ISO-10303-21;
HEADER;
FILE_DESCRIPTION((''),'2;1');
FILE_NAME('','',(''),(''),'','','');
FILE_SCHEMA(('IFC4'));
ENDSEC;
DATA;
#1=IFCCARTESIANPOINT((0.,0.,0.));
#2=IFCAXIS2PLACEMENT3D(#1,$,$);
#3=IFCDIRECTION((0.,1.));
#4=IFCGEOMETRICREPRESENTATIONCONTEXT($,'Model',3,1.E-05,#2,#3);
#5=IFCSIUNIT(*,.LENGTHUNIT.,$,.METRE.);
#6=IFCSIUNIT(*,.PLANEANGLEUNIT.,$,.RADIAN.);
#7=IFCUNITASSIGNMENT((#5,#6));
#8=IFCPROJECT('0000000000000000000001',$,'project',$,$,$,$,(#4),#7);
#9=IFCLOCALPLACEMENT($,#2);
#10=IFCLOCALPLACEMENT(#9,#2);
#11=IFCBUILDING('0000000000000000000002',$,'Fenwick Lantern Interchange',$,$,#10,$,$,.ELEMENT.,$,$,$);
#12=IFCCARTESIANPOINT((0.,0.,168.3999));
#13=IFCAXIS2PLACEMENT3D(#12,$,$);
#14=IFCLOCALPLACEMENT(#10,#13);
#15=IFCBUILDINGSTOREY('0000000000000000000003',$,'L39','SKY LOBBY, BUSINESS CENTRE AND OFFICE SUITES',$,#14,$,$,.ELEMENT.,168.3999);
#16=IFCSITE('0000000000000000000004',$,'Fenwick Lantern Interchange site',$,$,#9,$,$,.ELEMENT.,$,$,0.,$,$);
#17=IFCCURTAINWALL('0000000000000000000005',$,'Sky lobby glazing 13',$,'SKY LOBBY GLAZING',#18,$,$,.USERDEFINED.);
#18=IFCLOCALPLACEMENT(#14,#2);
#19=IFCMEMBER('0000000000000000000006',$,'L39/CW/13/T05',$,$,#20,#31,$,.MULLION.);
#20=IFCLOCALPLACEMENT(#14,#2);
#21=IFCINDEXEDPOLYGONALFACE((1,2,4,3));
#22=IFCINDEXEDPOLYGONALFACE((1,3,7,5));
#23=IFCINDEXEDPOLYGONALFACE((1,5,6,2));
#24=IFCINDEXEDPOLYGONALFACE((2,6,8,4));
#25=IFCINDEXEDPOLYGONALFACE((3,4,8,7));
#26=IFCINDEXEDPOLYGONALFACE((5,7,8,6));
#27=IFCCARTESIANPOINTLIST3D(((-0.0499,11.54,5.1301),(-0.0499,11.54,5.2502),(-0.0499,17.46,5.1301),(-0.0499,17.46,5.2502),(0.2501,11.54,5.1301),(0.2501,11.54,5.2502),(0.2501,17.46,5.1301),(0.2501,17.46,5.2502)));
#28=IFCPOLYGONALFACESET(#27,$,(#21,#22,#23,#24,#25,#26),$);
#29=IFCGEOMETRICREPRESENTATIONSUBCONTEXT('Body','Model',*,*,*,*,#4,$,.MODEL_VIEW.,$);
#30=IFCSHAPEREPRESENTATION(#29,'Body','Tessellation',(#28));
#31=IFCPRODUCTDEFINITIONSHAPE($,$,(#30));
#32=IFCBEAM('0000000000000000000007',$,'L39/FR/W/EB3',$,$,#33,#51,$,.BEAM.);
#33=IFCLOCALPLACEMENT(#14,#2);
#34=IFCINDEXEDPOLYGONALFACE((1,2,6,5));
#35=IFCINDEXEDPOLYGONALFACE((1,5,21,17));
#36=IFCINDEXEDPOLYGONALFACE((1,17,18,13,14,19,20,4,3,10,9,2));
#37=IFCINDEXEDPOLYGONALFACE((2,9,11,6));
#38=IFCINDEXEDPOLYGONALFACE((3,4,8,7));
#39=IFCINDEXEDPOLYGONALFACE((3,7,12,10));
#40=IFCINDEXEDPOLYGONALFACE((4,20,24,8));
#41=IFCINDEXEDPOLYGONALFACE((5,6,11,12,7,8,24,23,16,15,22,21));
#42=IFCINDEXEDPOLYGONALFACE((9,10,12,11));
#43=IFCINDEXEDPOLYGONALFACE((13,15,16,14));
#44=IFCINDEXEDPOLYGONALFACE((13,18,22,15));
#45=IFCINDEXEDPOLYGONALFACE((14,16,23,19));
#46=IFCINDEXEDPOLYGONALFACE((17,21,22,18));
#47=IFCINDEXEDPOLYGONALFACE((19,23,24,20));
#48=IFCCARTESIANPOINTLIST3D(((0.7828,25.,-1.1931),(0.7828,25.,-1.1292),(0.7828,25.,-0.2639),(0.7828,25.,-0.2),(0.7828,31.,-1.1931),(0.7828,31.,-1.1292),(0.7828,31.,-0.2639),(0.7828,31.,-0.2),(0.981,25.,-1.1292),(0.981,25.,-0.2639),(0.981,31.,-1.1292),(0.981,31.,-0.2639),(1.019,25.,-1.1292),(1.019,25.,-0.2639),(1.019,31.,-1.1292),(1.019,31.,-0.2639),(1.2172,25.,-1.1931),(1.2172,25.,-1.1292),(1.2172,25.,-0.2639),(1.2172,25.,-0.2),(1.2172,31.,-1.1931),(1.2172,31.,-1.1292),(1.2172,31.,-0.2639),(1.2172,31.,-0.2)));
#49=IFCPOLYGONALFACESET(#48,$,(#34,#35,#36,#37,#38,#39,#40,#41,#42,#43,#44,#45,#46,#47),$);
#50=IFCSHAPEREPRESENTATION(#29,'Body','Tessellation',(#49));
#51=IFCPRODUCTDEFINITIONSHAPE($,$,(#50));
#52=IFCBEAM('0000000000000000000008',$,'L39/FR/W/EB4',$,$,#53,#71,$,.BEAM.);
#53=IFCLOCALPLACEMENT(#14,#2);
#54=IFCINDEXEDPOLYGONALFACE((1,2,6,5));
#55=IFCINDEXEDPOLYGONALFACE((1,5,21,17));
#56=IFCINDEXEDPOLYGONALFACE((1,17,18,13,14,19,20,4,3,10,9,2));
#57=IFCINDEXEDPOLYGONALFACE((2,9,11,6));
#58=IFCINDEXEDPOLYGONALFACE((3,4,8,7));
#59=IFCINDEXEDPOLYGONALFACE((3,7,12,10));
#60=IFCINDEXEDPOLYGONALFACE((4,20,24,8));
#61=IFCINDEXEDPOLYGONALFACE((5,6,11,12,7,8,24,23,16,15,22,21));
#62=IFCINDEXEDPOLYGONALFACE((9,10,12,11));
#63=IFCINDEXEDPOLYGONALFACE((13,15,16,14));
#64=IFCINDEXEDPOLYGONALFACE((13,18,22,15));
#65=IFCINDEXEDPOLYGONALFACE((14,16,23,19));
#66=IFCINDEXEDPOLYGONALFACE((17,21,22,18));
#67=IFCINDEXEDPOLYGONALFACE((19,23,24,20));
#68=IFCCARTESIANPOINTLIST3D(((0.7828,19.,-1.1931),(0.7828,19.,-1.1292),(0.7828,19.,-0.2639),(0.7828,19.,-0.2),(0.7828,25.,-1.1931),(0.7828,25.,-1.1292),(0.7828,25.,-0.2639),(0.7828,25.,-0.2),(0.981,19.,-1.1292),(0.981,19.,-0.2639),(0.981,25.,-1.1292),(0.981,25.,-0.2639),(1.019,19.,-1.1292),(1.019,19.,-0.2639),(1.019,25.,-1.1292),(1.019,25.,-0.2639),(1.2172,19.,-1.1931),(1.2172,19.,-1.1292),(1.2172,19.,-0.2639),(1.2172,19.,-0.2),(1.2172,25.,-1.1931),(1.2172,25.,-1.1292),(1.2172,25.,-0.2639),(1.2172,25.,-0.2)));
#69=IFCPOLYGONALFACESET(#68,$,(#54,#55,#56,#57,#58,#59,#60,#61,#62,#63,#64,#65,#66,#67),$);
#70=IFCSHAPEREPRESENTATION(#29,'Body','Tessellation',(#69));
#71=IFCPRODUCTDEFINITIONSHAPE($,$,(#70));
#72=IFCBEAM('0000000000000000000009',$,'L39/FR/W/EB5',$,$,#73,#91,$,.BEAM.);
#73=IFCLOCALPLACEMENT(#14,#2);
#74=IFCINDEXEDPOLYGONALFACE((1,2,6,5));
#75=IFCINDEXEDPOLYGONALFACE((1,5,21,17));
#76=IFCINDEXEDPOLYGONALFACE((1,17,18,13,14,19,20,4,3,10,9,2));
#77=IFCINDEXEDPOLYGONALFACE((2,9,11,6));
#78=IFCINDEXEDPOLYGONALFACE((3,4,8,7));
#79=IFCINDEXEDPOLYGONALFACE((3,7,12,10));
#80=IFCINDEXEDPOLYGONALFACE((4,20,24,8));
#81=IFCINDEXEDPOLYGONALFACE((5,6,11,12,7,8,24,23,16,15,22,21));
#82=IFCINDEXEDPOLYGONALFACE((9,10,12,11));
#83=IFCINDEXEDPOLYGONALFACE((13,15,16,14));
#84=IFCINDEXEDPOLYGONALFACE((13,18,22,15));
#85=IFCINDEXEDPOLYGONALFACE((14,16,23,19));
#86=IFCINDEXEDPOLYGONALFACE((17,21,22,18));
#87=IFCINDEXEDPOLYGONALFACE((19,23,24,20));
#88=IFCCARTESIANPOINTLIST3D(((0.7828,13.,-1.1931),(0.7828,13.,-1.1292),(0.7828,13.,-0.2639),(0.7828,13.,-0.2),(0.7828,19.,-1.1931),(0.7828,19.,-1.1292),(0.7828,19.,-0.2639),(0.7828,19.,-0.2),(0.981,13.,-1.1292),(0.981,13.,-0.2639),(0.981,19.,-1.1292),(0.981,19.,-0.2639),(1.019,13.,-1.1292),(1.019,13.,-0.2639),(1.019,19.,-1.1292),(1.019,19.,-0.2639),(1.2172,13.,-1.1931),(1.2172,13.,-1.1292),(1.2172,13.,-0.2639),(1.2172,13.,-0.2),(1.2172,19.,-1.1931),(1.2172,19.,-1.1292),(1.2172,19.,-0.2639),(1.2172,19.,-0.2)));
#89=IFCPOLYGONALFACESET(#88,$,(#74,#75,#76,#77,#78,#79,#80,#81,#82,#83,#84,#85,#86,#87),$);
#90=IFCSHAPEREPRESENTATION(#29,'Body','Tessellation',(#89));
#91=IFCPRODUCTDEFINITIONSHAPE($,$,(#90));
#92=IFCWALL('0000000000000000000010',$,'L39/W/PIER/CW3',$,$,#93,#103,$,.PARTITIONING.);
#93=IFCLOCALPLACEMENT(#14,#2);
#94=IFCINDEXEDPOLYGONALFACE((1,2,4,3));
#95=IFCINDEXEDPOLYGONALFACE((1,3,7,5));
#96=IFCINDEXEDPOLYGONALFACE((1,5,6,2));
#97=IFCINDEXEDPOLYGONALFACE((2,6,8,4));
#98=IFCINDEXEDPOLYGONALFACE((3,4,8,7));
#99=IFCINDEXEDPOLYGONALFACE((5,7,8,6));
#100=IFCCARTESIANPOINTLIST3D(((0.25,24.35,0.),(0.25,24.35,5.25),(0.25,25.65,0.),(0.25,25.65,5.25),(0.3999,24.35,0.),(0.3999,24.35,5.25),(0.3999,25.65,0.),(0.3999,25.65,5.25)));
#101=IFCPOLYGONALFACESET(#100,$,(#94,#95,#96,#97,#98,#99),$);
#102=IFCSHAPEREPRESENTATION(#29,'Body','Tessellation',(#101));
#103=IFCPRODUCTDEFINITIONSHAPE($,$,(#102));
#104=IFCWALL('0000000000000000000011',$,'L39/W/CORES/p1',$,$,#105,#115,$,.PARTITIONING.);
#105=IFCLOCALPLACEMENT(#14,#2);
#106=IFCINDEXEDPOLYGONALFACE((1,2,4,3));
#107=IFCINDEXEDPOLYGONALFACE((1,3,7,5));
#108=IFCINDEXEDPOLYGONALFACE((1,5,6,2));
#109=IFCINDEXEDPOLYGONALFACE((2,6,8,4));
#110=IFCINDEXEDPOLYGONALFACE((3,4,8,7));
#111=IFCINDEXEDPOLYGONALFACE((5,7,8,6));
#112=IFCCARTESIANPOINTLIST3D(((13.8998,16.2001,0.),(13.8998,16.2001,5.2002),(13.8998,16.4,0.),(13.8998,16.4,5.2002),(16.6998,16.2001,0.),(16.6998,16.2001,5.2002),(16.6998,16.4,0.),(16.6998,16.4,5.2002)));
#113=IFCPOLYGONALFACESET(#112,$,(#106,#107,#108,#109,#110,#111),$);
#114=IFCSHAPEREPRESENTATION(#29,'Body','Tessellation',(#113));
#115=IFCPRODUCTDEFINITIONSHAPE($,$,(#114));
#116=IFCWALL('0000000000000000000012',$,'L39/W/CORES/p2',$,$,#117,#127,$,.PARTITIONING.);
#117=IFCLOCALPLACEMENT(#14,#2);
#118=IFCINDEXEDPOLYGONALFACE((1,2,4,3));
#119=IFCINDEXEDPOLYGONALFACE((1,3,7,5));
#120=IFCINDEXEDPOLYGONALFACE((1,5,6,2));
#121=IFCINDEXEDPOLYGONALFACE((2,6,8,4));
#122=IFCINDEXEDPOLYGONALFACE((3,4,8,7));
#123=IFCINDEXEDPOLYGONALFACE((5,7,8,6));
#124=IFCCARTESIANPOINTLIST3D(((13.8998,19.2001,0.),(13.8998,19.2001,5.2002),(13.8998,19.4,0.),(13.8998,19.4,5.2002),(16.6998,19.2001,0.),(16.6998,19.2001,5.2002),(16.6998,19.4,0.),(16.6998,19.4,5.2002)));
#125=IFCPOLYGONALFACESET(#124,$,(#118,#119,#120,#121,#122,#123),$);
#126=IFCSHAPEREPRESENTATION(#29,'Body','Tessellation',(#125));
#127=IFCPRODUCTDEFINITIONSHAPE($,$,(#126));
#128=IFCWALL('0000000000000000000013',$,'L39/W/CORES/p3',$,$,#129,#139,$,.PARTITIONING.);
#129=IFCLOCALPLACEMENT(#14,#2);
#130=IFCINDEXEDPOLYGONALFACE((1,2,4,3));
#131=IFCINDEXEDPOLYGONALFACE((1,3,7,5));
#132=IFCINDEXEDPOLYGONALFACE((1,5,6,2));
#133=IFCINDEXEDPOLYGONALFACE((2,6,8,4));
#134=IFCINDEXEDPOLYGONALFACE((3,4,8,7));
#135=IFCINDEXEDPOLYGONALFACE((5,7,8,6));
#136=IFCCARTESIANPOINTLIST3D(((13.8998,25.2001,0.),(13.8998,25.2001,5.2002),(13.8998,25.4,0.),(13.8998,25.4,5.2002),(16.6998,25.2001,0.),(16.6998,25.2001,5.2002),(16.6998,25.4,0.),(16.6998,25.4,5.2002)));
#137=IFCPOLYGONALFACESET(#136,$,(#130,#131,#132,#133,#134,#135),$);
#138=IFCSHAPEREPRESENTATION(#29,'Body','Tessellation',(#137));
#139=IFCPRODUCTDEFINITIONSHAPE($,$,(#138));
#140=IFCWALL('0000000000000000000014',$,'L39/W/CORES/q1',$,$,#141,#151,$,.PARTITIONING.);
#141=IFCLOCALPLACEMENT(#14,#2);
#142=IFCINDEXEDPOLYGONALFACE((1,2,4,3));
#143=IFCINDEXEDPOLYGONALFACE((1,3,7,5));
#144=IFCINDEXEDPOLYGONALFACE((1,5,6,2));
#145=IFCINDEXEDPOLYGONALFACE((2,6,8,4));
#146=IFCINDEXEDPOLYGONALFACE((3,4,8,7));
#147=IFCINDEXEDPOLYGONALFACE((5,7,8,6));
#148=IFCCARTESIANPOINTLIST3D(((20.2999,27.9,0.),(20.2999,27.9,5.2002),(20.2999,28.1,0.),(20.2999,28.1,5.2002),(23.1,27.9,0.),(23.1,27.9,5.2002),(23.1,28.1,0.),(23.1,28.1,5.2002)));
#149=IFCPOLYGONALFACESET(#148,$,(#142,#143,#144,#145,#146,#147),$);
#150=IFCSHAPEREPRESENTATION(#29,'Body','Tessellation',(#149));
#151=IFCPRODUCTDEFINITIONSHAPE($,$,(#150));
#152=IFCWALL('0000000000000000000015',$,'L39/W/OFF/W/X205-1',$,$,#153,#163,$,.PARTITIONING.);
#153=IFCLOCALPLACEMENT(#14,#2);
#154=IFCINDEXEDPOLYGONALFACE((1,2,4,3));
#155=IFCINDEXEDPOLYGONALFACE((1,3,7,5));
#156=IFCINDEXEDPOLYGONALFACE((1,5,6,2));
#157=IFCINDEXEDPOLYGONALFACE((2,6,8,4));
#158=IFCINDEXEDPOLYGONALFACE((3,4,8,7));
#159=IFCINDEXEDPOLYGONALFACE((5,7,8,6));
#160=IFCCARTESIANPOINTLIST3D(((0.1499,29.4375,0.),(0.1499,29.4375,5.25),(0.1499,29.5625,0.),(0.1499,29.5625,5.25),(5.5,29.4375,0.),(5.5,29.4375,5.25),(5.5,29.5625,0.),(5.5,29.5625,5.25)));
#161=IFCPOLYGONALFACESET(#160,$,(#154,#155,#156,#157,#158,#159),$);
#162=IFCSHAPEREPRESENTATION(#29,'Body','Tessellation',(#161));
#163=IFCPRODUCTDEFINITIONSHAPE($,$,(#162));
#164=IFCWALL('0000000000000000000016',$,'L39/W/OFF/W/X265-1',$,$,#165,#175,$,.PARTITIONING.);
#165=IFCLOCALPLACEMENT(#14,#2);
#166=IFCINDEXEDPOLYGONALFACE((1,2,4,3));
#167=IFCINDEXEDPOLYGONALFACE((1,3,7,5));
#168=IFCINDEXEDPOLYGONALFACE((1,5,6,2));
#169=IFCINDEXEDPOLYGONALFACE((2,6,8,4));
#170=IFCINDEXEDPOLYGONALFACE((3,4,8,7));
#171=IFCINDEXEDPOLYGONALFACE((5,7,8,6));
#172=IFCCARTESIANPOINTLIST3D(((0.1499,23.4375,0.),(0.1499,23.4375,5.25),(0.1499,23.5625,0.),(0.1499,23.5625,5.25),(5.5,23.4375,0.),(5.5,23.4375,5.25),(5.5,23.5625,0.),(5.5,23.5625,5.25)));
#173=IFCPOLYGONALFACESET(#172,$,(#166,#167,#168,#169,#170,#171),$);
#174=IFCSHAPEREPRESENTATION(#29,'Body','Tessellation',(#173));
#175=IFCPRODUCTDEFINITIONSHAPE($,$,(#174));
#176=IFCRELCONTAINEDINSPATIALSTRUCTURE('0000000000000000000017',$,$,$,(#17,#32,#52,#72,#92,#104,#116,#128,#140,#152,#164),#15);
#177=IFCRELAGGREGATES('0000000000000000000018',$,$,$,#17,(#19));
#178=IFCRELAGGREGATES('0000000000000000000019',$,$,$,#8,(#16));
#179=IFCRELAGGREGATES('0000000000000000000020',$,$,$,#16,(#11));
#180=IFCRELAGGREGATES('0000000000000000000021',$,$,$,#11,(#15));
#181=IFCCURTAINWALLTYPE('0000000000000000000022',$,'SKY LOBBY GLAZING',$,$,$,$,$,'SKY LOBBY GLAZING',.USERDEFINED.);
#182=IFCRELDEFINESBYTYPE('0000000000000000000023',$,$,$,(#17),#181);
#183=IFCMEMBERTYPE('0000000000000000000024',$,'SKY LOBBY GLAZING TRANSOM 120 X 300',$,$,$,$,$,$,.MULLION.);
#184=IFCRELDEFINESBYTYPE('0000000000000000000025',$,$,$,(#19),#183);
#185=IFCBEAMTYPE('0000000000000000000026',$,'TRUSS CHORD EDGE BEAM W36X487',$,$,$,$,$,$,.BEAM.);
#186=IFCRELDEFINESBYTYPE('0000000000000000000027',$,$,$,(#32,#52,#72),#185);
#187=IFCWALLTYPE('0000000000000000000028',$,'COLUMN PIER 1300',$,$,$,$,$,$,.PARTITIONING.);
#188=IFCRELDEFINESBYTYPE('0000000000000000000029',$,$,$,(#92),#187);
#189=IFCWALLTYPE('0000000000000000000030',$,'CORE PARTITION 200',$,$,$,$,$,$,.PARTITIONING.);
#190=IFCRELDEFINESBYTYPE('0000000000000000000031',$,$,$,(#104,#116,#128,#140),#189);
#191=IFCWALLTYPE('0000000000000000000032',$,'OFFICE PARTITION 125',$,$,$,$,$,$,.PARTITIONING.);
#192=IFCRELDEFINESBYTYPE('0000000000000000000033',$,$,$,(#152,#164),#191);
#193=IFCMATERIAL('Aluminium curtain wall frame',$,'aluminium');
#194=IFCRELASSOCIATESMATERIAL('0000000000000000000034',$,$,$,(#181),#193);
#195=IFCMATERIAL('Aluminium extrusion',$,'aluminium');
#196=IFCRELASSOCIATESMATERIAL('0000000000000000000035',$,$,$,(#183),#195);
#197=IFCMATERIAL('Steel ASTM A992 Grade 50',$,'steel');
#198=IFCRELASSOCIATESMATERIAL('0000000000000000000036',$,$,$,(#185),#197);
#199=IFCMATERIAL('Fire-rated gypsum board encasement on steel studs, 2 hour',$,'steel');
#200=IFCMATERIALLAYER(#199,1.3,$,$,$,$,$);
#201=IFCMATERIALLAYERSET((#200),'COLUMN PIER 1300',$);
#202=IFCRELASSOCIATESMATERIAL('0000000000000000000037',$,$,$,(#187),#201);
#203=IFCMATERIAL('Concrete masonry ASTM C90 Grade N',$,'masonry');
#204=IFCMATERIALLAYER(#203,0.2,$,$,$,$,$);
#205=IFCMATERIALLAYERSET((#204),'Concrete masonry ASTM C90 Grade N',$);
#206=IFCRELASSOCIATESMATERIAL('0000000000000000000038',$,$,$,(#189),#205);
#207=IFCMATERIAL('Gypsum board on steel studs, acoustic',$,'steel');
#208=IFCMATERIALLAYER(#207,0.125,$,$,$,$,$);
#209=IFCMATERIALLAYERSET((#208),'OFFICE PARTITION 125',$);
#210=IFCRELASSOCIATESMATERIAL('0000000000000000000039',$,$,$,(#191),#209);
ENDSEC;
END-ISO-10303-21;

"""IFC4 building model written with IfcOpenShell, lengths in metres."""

from ifc_helpers import new_model, si_unit, direction, frame, frame_2d, origin, origin_2d, place, context, subcontext, project, spatial, rectangle, i_section, extrude, material, layer, layer_set, material_profile, profile_set, type_object, element, aggregate, save


model = new_model("IFC4")

# Units and contexts
model_context = context("Model", 3, precision=1e-05, world=origin(), true_north=direction((0.0, 1.0)))
body_context = subcontext(model_context, "Body", "Model", "MODEL_VIEW")
ifc_project = project(units=[si_unit("LENGTHUNIT", "METRE"), si_unit("PLANEANGLEUNIT", "RADIAN")], contexts=[model_context])

# Site, building, storey
site_placement = place(None, origin())
site = spatial("IfcSite", under=ifc_project, at=site_placement, Name="Fenwick Lantern Interchange site", CompositionType="ELEMENT", RefElevation=0.0)
building_placement = place(site_placement, origin())
building = spatial("IfcBuilding", under=site, at=building_placement, Name="Fenwick Lantern Interchange", CompositionType="ELEMENT")
storey_placement = place(building_placement, frame((0.0, 0.0, 168.3999)))
storey = spatial("IfcBuildingStorey", under=building, at=storey_placement, Name="L39", Description="SKY LOBBY, BUSINESS CENTRE AND OFFICE SUITES", CompositionType="ELEMENT", Elevation=168.3999)

# Shared definitions
ifc_material_1 = material(Name="Steel ASTM A992 Grade 50", Category="steel")

# Curtain wall, member
ifc_material_2 = material(Name="Aluminium curtain wall frame", Category="aluminium")
curtain_wall_type = type_object("IfcCurtainWallType", Name="SKY LOBBY GLAZING", ElementType="SKY LOBBY GLAZING", PredefinedType="USERDEFINED", material=ifc_material_2)
curtain_wall_placement = place(storey_placement, origin())
curtain_wall = element("IfcCurtainWall", 1, at=curtain_wall_placement, inside=storey, type_object=curtain_wall_type, Name="Sky lobby glazing 13", ObjectType="SKY LOBBY GLAZING", PredefinedType="USERDEFINED")
ifc_material_3 = material(Name="Aluminium extrusion", Category="aluminium")
ifc_material_profile_1 = material_profile(ifc_material_3, rectangle(XDim=0.3, YDim=0.1201, at=origin_2d()), Name="SKY LOBBY GLAZING TRANSOM 120 X 300")
ifc_profile_set_1 = profile_set([ifc_material_profile_1], Name="Aluminium extrusion")
member_type_1 = type_object("IfcMemberType", Name="SKY LOBBY GLAZING TRANSOM 120 X 300", PredefinedType="MULLION", material=ifc_profile_set_1)
member_1_placement = place(storey_placement, frame((0.1001, 17.46, 5.1902), z_axis=(0.0, -1.0, 0.0), x_axis=(1.0, 0.0, 0.0)))
member_1 = element("IfcMember", 2, at=member_1_placement, type_object=member_type_1, Name="L39/CW/13/T05", PredefinedType="MULLION", context=body_context, shape_type="SweptSolid", body=[
    extrude(rectangle(XDim=0.3, YDim=0.1201, at=origin_2d()), origin(), (0.0, 0.0, 1.0), 5.9199),
])
aggregate(curtain_wall, [member_1])

# Beams
ifc_material_profile_2 = material_profile(ifc_material_1, i_section(OverallWidth=0.4343, OverallDepth=0.9932, WebThickness=0.0381, FlangeThickness=0.064, at=origin_2d()), Name="W36X487")
ifc_profile_set_2 = profile_set([ifc_material_profile_2], Name="Steel ASTM A992 Grade 50")
beam_type_1 = type_object("IfcBeamType", Name="TRUSS CHORD EDGE BEAM W36X487", PredefinedType="BEAM", material=ifc_profile_set_2)
for number, where, z_axis, x_axis, name in (
    (3, (1.0, 31.0, -0.6965), (0.0, -1.0, 0.0), (1.0, 0.0, 0.0), "L39/FR/W/EB3"),
    (4, (1.0, 25.0, -0.6965), (0.0, -1.0, 0.0), (1.0, 0.0, 0.0), "L39/FR/W/EB4"),
    (5, (1.0, 19.0, -0.6965), (0.0, -1.0, 0.0), (1.0, 0.0, 0.0), "L39/FR/W/EB5"),
):
    element("IfcBeam", number, at=place(storey_placement, frame(where, z_axis=z_axis, x_axis=x_axis)), inside=storey, type_object=beam_type_1, Name=name, PredefinedType="BEAM", context=body_context, shape_type="SweptSolid", body=[
        extrude(i_section(OverallWidth=0.4343, OverallDepth=0.9932, WebThickness=0.0381, FlangeThickness=0.064, at=origin_2d()), origin(), (0.0, 0.0, 1.0), 6.0),
    ])

# Walls
ifc_material_4 = material(Name="Fire-rated gypsum board encasement on steel studs, 2 hour", Category="steel")
ifc_layer_1 = layer(ifc_material_4, 1.3)
ifc_layer_set_1 = layer_set([ifc_layer_1], Name="COLUMN PIER 1300")
wall_type_1 = type_object("IfcWallType", Name="COLUMN PIER 1300", PredefinedType="PARTITIONING", material=ifc_layer_set_1)
wall_1_placement = place(storey_placement, frame((0.25, 25.0, 0.0), z_axis=(0.0, 0.0, 1.0), x_axis=(1.0, 0.0, 0.0)))
element("IfcWall", 6, at=wall_1_placement, inside=storey, type_object=wall_type_1, Name="L39/W/PIER/CW3", PredefinedType="PARTITIONING", context=body_context, shape_type="SweptSolid", body=[
    extrude(rectangle(XDim=0.1499, YDim=1.3, at=frame_2d((0.075, 0.0))), origin(), (0.0, 0.0, 1.0), 5.25),
])
ifc_material_5 = material(Name="Concrete masonry ASTM C90 Grade N", Category="masonry")
ifc_layer_2 = layer(ifc_material_5, 0.2)
ifc_layer_set_2 = layer_set([ifc_layer_2], Name="Concrete masonry ASTM C90 Grade N")
wall_type_2 = type_object("IfcWallType", Name="CORE PARTITION 200", PredefinedType="PARTITIONING", material=ifc_layer_set_2)
for number, where, z_axis, x_axis, name in (
    (7, (13.8999, 16.3, 0.0), (0.0, 0.0, 1.0), (1.0, 0.0, 0.0), "L39/W/CORES/p1"),
    (8, (13.8999, 19.3, 0.0), (0.0, 0.0, 1.0), (1.0, 0.0, 0.0), "L39/W/CORES/p2"),
    (9, (13.8999, 25.3, 0.0), (0.0, 0.0, 1.0), (1.0, 0.0, 0.0), "L39/W/CORES/p3"),
    (10, (20.3, 28.0, 0.0), (0.0, 0.0, 1.0), (1.0, 0.0, 0.0), "L39/W/CORES/q1"),
):
    element("IfcWall", number, at=place(storey_placement, frame(where, z_axis=z_axis, x_axis=x_axis)), inside=storey, type_object=wall_type_2, Name=name, PredefinedType="PARTITIONING", context=body_context, shape_type="SweptSolid", body=[
        extrude(rectangle(XDim=2.8, YDim=0.2, at=frame_2d((1.3999, 0.0))), origin(), (0.0, 0.0, 1.0), 5.2002),
    ])
ifc_material_6 = material(Name="Gypsum board on steel studs, acoustic", Category="steel")
ifc_layer_3 = layer(ifc_material_6, 0.125)
ifc_layer_set_3 = layer_set([ifc_layer_3], Name="OFFICE PARTITION 125")
wall_type_3 = type_object("IfcWallType", Name="OFFICE PARTITION 125", PredefinedType="PARTITIONING", material=ifc_layer_set_3)
for number, where, z_axis, x_axis, name in (
    (11, (0.1499, 29.5, 0.0), (0.0, 0.0, 1.0), (1.0, 0.0, 0.0), "L39/W/OFF/W/X205-1"),
    (12, (0.1499, 23.5, 0.0), (0.0, 0.0, 1.0), (1.0, 0.0, 0.0), "L39/W/OFF/W/X265-1"),
):
    element("IfcWall", number, at=place(storey_placement, frame(where, z_axis=z_axis, x_axis=x_axis)), inside=storey, type_object=wall_type_3, Name=name, PredefinedType="PARTITIONING", context=body_context, shape_type="SweptSolid", body=[
        extrude(rectangle(XDim=5.3501, YDim=0.125, at=frame_2d((2.675, 0.0))), origin(), (0.0, 0.0, 1.0), 5.25),
    ])

save(model, "model.ifc")
